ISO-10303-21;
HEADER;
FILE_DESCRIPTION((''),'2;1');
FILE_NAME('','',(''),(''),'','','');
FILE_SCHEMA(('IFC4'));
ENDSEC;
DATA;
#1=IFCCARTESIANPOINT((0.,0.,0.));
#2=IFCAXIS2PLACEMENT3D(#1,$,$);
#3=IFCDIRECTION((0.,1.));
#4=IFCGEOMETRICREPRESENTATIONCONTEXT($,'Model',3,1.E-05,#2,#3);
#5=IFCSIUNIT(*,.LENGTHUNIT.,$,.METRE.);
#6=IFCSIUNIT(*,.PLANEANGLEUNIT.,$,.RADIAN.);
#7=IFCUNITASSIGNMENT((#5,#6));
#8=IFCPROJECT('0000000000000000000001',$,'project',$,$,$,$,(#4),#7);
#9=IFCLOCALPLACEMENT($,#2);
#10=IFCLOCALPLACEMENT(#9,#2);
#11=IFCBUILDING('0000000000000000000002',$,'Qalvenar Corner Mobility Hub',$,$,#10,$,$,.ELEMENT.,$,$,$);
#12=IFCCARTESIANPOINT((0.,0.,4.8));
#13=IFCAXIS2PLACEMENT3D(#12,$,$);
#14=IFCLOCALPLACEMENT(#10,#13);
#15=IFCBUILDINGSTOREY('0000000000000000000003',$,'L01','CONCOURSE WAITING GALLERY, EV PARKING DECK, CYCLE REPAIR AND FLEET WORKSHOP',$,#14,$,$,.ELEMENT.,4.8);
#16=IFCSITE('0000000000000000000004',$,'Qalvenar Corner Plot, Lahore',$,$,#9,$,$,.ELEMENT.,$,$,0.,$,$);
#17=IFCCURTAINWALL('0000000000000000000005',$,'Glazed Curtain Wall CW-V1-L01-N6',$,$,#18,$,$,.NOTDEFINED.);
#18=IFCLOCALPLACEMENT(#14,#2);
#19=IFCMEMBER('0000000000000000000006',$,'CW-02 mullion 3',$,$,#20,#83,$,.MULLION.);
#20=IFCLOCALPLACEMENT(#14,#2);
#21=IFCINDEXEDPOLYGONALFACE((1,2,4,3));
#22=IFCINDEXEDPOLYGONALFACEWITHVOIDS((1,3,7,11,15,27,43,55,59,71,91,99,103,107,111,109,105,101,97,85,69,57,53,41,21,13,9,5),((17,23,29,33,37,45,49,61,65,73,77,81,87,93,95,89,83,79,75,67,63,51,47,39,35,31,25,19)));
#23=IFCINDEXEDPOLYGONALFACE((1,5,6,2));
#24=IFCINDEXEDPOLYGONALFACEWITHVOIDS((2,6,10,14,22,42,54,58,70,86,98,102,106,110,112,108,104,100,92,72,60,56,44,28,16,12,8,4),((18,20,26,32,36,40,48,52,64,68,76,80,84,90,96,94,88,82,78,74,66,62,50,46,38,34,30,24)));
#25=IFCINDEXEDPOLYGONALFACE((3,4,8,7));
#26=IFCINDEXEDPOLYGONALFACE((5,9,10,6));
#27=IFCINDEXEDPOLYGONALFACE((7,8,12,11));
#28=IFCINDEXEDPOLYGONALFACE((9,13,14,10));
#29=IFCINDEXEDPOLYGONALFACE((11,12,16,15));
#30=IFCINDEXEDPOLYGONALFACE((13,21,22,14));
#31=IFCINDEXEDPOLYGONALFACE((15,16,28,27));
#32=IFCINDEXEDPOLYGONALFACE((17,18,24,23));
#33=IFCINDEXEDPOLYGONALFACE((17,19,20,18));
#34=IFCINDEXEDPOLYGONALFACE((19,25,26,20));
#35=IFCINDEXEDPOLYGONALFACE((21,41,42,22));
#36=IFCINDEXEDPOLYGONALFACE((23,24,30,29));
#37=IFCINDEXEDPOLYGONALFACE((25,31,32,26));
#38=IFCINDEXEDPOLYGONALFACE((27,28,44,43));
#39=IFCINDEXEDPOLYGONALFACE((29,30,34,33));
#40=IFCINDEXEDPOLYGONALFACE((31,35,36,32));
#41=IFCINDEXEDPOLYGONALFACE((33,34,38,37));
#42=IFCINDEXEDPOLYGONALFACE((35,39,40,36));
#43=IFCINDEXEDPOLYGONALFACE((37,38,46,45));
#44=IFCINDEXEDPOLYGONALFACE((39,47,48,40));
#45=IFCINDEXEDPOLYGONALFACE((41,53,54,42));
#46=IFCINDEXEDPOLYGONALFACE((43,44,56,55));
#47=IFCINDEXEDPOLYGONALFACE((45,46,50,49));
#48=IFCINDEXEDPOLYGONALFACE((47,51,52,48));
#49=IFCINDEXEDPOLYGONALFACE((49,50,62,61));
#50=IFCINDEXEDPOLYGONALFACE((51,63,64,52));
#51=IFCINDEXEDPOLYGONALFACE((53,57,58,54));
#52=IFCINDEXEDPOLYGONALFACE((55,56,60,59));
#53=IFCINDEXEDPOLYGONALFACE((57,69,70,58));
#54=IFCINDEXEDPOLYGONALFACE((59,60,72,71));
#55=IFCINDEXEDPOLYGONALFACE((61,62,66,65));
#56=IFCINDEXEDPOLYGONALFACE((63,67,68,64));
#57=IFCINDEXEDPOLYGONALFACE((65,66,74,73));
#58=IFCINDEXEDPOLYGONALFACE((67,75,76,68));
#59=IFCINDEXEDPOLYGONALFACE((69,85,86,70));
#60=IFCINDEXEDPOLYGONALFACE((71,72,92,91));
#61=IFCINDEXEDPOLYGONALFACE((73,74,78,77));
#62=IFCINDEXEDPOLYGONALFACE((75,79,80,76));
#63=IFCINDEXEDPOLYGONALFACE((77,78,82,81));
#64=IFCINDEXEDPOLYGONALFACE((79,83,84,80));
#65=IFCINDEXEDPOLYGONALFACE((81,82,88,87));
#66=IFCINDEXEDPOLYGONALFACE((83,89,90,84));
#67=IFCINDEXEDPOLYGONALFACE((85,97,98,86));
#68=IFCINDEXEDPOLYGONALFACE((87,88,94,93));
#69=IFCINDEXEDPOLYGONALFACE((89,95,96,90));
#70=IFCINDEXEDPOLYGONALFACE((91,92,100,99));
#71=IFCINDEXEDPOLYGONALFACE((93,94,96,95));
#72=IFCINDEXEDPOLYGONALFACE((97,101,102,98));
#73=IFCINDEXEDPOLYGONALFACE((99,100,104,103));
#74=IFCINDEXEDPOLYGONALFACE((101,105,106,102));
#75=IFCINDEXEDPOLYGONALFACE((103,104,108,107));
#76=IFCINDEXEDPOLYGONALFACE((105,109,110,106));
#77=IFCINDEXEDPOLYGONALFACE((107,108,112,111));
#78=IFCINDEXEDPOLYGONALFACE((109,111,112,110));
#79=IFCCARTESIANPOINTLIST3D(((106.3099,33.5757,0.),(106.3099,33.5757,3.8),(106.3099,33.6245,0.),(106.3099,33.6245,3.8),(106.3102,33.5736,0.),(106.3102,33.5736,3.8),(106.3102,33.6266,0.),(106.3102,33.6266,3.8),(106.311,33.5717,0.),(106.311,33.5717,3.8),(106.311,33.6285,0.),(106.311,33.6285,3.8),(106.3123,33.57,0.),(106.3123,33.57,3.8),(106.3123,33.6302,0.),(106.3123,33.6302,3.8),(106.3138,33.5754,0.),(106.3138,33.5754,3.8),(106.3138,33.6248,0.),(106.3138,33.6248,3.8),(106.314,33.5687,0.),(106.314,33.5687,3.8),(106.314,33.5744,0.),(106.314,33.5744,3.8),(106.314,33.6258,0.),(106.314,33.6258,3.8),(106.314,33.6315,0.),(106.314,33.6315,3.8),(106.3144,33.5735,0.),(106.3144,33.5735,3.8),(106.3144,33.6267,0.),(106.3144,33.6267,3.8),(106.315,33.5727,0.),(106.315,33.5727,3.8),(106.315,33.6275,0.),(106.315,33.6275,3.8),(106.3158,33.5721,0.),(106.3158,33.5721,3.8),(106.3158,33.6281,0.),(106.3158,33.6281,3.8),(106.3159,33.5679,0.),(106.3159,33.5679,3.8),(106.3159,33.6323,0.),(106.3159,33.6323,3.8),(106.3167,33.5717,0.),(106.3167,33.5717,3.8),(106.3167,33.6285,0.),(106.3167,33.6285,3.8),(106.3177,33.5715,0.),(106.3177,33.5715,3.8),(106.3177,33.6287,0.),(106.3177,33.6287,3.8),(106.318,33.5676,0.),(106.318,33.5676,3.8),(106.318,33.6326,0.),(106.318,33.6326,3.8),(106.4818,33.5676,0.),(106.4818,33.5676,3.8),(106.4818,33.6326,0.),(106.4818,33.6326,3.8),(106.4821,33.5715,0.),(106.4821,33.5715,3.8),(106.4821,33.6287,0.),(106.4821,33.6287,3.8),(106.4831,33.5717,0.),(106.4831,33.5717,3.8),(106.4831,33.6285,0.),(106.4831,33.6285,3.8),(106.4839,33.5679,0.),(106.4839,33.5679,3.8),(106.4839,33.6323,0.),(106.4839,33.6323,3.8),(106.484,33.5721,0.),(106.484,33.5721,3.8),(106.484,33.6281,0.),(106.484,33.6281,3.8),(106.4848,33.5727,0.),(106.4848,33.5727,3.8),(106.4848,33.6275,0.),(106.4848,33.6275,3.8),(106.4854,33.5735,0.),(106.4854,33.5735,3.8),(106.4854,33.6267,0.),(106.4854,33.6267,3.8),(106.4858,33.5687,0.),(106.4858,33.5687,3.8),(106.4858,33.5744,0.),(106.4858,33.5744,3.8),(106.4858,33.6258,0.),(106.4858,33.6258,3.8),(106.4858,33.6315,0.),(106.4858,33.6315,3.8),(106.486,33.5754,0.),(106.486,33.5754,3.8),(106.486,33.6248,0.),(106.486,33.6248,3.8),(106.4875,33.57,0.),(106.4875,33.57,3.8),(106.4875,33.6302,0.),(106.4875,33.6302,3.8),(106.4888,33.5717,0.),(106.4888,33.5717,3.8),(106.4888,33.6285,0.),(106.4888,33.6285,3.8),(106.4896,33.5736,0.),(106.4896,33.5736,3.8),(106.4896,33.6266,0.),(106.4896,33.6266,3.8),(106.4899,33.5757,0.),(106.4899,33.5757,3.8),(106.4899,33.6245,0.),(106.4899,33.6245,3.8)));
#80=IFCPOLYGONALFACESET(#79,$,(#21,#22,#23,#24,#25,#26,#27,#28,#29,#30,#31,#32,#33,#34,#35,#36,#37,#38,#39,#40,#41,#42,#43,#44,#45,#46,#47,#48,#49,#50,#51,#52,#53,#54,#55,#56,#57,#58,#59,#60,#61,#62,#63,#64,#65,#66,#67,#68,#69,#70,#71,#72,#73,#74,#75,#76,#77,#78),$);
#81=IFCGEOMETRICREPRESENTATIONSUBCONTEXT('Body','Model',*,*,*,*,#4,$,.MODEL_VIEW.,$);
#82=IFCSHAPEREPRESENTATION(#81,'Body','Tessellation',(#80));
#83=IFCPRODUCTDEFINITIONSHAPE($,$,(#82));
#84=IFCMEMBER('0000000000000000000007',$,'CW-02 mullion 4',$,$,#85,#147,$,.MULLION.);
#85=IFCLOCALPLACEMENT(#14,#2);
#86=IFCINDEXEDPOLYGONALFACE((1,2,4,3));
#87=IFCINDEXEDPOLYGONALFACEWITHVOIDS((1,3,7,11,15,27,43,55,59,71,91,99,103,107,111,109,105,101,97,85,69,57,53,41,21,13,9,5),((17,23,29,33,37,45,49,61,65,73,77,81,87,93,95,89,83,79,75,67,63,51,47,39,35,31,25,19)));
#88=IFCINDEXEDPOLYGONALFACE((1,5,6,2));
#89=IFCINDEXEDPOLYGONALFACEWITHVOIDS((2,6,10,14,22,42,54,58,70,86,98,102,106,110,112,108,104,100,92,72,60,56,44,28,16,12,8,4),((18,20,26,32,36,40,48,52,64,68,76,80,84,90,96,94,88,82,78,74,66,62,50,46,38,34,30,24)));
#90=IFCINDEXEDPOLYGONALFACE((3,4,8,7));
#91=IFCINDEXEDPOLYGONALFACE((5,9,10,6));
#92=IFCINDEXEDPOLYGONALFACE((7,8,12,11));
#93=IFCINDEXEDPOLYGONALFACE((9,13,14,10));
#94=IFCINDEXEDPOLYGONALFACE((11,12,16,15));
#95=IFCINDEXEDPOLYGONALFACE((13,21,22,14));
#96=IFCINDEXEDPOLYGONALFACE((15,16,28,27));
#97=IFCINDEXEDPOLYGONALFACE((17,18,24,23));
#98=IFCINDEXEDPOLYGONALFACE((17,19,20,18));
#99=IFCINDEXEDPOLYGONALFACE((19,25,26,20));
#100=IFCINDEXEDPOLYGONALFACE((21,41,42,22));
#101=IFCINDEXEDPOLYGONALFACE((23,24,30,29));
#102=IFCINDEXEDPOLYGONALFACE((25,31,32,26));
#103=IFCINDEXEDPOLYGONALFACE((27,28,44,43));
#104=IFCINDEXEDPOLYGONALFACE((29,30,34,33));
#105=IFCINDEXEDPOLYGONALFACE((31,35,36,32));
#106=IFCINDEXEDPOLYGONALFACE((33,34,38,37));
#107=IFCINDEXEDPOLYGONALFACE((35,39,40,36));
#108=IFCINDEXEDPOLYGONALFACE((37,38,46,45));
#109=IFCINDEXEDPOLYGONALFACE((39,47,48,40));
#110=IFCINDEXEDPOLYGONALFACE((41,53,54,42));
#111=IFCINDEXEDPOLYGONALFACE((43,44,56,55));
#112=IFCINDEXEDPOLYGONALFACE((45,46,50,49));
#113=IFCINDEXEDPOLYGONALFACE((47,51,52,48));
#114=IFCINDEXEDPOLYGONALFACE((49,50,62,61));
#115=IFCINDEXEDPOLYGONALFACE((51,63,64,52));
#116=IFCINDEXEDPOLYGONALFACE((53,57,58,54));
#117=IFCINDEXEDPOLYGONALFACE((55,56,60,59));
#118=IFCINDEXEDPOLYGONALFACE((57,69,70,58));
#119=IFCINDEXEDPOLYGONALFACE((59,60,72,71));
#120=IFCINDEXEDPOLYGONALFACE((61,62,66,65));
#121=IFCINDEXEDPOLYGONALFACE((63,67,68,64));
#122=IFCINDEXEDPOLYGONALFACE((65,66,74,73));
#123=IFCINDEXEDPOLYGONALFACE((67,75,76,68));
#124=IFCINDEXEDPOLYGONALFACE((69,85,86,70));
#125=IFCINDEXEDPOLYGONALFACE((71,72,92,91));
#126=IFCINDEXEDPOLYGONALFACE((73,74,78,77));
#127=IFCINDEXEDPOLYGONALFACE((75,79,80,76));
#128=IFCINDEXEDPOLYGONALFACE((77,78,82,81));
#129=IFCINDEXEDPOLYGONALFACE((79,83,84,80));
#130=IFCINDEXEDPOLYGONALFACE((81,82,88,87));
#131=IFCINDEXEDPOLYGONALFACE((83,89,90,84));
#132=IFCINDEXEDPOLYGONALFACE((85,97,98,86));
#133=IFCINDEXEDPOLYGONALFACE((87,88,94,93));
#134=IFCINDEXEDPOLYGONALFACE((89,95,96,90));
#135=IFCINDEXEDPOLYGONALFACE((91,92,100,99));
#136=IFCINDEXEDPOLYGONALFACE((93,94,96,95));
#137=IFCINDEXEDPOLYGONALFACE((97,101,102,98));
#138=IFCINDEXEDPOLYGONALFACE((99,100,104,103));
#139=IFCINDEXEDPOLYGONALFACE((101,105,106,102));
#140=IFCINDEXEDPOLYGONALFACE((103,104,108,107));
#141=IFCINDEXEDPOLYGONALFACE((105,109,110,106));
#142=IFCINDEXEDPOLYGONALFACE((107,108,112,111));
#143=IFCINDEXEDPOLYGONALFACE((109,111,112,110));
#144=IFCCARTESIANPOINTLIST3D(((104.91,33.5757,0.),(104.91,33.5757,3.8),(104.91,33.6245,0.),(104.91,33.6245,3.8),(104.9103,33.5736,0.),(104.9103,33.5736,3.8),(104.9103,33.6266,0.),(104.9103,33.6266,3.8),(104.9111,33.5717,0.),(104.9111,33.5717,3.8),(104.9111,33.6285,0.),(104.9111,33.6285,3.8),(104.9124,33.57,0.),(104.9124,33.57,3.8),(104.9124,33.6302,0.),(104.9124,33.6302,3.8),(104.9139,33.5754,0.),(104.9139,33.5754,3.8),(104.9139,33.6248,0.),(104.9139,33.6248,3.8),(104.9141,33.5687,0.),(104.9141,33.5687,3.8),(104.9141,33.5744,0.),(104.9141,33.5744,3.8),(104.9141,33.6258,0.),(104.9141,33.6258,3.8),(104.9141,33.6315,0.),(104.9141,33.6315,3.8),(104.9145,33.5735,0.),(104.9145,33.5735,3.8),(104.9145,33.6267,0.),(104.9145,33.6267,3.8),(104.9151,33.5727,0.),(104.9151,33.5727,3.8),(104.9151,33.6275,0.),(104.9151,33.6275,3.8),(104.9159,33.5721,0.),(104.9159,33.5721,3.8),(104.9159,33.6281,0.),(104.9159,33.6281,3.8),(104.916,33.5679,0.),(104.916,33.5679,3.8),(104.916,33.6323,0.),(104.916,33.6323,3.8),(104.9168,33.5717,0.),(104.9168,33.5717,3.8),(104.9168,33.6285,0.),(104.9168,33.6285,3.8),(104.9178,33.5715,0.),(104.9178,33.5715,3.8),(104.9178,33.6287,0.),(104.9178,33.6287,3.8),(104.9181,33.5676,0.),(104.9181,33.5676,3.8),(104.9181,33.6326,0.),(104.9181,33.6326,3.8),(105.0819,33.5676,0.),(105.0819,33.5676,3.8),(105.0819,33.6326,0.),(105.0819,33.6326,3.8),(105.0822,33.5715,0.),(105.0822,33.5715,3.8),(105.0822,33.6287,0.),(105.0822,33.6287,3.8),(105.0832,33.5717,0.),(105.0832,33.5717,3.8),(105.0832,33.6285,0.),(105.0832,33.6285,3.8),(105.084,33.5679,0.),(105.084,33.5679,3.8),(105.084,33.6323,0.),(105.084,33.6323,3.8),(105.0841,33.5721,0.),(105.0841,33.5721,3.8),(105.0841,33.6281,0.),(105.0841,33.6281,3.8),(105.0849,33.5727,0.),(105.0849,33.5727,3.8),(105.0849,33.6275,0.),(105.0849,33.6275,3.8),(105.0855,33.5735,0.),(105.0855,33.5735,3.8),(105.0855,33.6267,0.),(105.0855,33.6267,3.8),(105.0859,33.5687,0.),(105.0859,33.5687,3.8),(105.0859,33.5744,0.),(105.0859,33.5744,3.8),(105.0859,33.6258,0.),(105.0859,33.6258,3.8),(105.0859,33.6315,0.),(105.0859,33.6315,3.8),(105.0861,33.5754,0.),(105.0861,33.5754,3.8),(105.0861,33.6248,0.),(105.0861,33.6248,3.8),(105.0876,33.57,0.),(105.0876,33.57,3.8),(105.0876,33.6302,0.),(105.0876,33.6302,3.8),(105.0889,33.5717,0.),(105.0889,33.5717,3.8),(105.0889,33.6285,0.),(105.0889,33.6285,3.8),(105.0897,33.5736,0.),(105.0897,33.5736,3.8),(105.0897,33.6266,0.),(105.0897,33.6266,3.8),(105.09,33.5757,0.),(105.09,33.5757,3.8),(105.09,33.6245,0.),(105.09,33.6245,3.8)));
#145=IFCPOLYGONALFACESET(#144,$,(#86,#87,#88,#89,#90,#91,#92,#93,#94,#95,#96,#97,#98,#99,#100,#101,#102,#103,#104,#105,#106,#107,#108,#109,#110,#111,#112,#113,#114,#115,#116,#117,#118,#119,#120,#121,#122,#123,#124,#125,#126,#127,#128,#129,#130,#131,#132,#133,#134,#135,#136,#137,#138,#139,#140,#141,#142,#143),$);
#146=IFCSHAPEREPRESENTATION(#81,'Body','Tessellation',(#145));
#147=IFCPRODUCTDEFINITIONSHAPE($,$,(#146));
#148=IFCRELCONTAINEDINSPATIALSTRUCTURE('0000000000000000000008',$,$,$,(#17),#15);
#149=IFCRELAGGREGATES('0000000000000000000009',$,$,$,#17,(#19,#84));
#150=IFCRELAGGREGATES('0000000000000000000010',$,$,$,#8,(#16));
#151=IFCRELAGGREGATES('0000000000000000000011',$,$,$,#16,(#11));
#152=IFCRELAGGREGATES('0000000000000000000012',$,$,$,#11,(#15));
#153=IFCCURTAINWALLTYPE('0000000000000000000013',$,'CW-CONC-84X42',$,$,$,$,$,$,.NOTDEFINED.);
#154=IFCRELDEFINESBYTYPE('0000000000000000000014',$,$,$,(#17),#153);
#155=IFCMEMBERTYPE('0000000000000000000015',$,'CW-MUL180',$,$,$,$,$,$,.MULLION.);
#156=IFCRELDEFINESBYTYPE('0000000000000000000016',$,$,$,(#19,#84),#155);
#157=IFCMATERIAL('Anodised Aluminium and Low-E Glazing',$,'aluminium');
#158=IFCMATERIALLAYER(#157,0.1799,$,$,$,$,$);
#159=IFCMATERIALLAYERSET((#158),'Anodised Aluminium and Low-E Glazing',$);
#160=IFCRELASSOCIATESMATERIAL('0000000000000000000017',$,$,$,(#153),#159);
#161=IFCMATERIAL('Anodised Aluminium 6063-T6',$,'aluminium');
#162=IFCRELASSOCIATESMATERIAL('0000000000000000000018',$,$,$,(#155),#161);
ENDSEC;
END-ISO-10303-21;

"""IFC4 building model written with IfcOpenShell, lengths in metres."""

from ifc_helpers import new_model, si_unit, direction, frame, origin, origin_2d, place, context, subcontext, project, spatial, hollow_rectangle, extrude, material, layer, layer_set, material_profile, profile_set, type_object, element, aggregate, save


model = new_model("IFC4")

# Units and contexts
model_context = context("Model", 3, precision=1e-05, world=origin(), true_north=direction((0.0, 1.0)))
body_context = subcontext(model_context, "Body", "Model", "MODEL_VIEW")
ifc_project = project(units=[si_unit("LENGTHUNIT", "METRE"), si_unit("PLANEANGLEUNIT", "RADIAN")], contexts=[model_context])

# Site, building, storey
site_placement = place(None, origin())
site = spatial("IfcSite", under=ifc_project, at=site_placement, Name="Qalvenar Corner Plot, Lahore", CompositionType="ELEMENT", RefElevation=0.0)
building_placement = place(site_placement, origin())
building = spatial("IfcBuilding", under=site, at=building_placement, Name="Qalvenar Corner Mobility Hub", CompositionType="ELEMENT")
storey_placement = place(building_placement, frame((0.0, 0.0, 4.8)))
storey = spatial("IfcBuildingStorey", under=building, at=storey_placement, Name="L01", Description="CONCOURSE WAITING GALLERY, EV PARKING DECK, CYCLE REPAIR AND FLEET WORKSHOP", CompositionType="ELEMENT", Elevation=4.8)

# Curtain wall, members
ifc_material_1 = material(Name="Anodised Aluminium and Low-E Glazing", Category="aluminium")
ifc_layer_1 = layer(ifc_material_1, 0.1799)
ifc_layer_set_1 = layer_set([ifc_layer_1], Name="Anodised Aluminium and Low-E Glazing")
curtain_wall_type = type_object("IfcCurtainWallType", Name="CW-CONC-84X42", PredefinedType="NOTDEFINED", material=ifc_layer_set_1)
curtain_wall_placement = place(storey_placement, origin())
curtain_wall = element("IfcCurtainWall", 1, at=curtain_wall_placement, inside=storey, type_object=curtain_wall_type, Name="Glazed Curtain Wall CW-V1-L01-N6", PredefinedType="NOTDEFINED")
ifc_material_2 = material(Name="Anodised Aluminium 6063-T6", Category="aluminium")
ifc_material_profile_1 = material_profile(ifc_material_2, hollow_rectangle(XDim=0.0649, YDim=0.1799, WallThickness=0.0039, InnerFilletRadius=0.0039, OuterFilletRadius=0.0081, at=origin_2d()), Name="RHS180x65x4")
ifc_profile_set_1 = profile_set([ifc_material_profile_1], Name="Anodised Aluminium 6063-T6")
member_type_1 = type_object("IfcMemberType", Name="CW-MUL180", PredefinedType="MULLION", material=ifc_profile_set_1)
member_1_placement = place(storey_placement, frame((106.3999, 33.6001, 0.0), z_axis=(0.0, 0.0, 1.0), x_axis=(0.0, -1.0, 0.0)))
member_1 = element("IfcMember", 2, at=member_1_placement, type_object=member_type_1, Name="CW-02 mullion 3", PredefinedType="MULLION", context=body_context, shape_type="SweptSolid", body=[
    extrude(hollow_rectangle(XDim=0.0649, YDim=0.1799, WallThickness=0.0039, InnerFilletRadius=0.0039, OuterFilletRadius=0.0081, at=origin_2d()), origin(), (0.0, 0.0, 1.0), 3.8),
])
member_2_placement = place(storey_placement, frame((105.0, 33.6001, 0.0), z_axis=(0.0, 0.0, 1.0), x_axis=(0.0, -1.0, 0.0)))
member_2 = element("IfcMember", 3, at=member_2_placement, type_object=member_type_1, Name="CW-02 mullion 4", PredefinedType="MULLION", context=body_context, shape_type="SweptSolid", body=[
    extrude(hollow_rectangle(XDim=0.0649, YDim=0.1799, WallThickness=0.0039, InnerFilletRadius=0.0039, OuterFilletRadius=0.0081, at=origin_2d()), origin(), (0.0, 0.0, 1.0), 3.8),
])
aggregate(curtain_wall, [member_1, member_2])

save(model, "model.ifc")
